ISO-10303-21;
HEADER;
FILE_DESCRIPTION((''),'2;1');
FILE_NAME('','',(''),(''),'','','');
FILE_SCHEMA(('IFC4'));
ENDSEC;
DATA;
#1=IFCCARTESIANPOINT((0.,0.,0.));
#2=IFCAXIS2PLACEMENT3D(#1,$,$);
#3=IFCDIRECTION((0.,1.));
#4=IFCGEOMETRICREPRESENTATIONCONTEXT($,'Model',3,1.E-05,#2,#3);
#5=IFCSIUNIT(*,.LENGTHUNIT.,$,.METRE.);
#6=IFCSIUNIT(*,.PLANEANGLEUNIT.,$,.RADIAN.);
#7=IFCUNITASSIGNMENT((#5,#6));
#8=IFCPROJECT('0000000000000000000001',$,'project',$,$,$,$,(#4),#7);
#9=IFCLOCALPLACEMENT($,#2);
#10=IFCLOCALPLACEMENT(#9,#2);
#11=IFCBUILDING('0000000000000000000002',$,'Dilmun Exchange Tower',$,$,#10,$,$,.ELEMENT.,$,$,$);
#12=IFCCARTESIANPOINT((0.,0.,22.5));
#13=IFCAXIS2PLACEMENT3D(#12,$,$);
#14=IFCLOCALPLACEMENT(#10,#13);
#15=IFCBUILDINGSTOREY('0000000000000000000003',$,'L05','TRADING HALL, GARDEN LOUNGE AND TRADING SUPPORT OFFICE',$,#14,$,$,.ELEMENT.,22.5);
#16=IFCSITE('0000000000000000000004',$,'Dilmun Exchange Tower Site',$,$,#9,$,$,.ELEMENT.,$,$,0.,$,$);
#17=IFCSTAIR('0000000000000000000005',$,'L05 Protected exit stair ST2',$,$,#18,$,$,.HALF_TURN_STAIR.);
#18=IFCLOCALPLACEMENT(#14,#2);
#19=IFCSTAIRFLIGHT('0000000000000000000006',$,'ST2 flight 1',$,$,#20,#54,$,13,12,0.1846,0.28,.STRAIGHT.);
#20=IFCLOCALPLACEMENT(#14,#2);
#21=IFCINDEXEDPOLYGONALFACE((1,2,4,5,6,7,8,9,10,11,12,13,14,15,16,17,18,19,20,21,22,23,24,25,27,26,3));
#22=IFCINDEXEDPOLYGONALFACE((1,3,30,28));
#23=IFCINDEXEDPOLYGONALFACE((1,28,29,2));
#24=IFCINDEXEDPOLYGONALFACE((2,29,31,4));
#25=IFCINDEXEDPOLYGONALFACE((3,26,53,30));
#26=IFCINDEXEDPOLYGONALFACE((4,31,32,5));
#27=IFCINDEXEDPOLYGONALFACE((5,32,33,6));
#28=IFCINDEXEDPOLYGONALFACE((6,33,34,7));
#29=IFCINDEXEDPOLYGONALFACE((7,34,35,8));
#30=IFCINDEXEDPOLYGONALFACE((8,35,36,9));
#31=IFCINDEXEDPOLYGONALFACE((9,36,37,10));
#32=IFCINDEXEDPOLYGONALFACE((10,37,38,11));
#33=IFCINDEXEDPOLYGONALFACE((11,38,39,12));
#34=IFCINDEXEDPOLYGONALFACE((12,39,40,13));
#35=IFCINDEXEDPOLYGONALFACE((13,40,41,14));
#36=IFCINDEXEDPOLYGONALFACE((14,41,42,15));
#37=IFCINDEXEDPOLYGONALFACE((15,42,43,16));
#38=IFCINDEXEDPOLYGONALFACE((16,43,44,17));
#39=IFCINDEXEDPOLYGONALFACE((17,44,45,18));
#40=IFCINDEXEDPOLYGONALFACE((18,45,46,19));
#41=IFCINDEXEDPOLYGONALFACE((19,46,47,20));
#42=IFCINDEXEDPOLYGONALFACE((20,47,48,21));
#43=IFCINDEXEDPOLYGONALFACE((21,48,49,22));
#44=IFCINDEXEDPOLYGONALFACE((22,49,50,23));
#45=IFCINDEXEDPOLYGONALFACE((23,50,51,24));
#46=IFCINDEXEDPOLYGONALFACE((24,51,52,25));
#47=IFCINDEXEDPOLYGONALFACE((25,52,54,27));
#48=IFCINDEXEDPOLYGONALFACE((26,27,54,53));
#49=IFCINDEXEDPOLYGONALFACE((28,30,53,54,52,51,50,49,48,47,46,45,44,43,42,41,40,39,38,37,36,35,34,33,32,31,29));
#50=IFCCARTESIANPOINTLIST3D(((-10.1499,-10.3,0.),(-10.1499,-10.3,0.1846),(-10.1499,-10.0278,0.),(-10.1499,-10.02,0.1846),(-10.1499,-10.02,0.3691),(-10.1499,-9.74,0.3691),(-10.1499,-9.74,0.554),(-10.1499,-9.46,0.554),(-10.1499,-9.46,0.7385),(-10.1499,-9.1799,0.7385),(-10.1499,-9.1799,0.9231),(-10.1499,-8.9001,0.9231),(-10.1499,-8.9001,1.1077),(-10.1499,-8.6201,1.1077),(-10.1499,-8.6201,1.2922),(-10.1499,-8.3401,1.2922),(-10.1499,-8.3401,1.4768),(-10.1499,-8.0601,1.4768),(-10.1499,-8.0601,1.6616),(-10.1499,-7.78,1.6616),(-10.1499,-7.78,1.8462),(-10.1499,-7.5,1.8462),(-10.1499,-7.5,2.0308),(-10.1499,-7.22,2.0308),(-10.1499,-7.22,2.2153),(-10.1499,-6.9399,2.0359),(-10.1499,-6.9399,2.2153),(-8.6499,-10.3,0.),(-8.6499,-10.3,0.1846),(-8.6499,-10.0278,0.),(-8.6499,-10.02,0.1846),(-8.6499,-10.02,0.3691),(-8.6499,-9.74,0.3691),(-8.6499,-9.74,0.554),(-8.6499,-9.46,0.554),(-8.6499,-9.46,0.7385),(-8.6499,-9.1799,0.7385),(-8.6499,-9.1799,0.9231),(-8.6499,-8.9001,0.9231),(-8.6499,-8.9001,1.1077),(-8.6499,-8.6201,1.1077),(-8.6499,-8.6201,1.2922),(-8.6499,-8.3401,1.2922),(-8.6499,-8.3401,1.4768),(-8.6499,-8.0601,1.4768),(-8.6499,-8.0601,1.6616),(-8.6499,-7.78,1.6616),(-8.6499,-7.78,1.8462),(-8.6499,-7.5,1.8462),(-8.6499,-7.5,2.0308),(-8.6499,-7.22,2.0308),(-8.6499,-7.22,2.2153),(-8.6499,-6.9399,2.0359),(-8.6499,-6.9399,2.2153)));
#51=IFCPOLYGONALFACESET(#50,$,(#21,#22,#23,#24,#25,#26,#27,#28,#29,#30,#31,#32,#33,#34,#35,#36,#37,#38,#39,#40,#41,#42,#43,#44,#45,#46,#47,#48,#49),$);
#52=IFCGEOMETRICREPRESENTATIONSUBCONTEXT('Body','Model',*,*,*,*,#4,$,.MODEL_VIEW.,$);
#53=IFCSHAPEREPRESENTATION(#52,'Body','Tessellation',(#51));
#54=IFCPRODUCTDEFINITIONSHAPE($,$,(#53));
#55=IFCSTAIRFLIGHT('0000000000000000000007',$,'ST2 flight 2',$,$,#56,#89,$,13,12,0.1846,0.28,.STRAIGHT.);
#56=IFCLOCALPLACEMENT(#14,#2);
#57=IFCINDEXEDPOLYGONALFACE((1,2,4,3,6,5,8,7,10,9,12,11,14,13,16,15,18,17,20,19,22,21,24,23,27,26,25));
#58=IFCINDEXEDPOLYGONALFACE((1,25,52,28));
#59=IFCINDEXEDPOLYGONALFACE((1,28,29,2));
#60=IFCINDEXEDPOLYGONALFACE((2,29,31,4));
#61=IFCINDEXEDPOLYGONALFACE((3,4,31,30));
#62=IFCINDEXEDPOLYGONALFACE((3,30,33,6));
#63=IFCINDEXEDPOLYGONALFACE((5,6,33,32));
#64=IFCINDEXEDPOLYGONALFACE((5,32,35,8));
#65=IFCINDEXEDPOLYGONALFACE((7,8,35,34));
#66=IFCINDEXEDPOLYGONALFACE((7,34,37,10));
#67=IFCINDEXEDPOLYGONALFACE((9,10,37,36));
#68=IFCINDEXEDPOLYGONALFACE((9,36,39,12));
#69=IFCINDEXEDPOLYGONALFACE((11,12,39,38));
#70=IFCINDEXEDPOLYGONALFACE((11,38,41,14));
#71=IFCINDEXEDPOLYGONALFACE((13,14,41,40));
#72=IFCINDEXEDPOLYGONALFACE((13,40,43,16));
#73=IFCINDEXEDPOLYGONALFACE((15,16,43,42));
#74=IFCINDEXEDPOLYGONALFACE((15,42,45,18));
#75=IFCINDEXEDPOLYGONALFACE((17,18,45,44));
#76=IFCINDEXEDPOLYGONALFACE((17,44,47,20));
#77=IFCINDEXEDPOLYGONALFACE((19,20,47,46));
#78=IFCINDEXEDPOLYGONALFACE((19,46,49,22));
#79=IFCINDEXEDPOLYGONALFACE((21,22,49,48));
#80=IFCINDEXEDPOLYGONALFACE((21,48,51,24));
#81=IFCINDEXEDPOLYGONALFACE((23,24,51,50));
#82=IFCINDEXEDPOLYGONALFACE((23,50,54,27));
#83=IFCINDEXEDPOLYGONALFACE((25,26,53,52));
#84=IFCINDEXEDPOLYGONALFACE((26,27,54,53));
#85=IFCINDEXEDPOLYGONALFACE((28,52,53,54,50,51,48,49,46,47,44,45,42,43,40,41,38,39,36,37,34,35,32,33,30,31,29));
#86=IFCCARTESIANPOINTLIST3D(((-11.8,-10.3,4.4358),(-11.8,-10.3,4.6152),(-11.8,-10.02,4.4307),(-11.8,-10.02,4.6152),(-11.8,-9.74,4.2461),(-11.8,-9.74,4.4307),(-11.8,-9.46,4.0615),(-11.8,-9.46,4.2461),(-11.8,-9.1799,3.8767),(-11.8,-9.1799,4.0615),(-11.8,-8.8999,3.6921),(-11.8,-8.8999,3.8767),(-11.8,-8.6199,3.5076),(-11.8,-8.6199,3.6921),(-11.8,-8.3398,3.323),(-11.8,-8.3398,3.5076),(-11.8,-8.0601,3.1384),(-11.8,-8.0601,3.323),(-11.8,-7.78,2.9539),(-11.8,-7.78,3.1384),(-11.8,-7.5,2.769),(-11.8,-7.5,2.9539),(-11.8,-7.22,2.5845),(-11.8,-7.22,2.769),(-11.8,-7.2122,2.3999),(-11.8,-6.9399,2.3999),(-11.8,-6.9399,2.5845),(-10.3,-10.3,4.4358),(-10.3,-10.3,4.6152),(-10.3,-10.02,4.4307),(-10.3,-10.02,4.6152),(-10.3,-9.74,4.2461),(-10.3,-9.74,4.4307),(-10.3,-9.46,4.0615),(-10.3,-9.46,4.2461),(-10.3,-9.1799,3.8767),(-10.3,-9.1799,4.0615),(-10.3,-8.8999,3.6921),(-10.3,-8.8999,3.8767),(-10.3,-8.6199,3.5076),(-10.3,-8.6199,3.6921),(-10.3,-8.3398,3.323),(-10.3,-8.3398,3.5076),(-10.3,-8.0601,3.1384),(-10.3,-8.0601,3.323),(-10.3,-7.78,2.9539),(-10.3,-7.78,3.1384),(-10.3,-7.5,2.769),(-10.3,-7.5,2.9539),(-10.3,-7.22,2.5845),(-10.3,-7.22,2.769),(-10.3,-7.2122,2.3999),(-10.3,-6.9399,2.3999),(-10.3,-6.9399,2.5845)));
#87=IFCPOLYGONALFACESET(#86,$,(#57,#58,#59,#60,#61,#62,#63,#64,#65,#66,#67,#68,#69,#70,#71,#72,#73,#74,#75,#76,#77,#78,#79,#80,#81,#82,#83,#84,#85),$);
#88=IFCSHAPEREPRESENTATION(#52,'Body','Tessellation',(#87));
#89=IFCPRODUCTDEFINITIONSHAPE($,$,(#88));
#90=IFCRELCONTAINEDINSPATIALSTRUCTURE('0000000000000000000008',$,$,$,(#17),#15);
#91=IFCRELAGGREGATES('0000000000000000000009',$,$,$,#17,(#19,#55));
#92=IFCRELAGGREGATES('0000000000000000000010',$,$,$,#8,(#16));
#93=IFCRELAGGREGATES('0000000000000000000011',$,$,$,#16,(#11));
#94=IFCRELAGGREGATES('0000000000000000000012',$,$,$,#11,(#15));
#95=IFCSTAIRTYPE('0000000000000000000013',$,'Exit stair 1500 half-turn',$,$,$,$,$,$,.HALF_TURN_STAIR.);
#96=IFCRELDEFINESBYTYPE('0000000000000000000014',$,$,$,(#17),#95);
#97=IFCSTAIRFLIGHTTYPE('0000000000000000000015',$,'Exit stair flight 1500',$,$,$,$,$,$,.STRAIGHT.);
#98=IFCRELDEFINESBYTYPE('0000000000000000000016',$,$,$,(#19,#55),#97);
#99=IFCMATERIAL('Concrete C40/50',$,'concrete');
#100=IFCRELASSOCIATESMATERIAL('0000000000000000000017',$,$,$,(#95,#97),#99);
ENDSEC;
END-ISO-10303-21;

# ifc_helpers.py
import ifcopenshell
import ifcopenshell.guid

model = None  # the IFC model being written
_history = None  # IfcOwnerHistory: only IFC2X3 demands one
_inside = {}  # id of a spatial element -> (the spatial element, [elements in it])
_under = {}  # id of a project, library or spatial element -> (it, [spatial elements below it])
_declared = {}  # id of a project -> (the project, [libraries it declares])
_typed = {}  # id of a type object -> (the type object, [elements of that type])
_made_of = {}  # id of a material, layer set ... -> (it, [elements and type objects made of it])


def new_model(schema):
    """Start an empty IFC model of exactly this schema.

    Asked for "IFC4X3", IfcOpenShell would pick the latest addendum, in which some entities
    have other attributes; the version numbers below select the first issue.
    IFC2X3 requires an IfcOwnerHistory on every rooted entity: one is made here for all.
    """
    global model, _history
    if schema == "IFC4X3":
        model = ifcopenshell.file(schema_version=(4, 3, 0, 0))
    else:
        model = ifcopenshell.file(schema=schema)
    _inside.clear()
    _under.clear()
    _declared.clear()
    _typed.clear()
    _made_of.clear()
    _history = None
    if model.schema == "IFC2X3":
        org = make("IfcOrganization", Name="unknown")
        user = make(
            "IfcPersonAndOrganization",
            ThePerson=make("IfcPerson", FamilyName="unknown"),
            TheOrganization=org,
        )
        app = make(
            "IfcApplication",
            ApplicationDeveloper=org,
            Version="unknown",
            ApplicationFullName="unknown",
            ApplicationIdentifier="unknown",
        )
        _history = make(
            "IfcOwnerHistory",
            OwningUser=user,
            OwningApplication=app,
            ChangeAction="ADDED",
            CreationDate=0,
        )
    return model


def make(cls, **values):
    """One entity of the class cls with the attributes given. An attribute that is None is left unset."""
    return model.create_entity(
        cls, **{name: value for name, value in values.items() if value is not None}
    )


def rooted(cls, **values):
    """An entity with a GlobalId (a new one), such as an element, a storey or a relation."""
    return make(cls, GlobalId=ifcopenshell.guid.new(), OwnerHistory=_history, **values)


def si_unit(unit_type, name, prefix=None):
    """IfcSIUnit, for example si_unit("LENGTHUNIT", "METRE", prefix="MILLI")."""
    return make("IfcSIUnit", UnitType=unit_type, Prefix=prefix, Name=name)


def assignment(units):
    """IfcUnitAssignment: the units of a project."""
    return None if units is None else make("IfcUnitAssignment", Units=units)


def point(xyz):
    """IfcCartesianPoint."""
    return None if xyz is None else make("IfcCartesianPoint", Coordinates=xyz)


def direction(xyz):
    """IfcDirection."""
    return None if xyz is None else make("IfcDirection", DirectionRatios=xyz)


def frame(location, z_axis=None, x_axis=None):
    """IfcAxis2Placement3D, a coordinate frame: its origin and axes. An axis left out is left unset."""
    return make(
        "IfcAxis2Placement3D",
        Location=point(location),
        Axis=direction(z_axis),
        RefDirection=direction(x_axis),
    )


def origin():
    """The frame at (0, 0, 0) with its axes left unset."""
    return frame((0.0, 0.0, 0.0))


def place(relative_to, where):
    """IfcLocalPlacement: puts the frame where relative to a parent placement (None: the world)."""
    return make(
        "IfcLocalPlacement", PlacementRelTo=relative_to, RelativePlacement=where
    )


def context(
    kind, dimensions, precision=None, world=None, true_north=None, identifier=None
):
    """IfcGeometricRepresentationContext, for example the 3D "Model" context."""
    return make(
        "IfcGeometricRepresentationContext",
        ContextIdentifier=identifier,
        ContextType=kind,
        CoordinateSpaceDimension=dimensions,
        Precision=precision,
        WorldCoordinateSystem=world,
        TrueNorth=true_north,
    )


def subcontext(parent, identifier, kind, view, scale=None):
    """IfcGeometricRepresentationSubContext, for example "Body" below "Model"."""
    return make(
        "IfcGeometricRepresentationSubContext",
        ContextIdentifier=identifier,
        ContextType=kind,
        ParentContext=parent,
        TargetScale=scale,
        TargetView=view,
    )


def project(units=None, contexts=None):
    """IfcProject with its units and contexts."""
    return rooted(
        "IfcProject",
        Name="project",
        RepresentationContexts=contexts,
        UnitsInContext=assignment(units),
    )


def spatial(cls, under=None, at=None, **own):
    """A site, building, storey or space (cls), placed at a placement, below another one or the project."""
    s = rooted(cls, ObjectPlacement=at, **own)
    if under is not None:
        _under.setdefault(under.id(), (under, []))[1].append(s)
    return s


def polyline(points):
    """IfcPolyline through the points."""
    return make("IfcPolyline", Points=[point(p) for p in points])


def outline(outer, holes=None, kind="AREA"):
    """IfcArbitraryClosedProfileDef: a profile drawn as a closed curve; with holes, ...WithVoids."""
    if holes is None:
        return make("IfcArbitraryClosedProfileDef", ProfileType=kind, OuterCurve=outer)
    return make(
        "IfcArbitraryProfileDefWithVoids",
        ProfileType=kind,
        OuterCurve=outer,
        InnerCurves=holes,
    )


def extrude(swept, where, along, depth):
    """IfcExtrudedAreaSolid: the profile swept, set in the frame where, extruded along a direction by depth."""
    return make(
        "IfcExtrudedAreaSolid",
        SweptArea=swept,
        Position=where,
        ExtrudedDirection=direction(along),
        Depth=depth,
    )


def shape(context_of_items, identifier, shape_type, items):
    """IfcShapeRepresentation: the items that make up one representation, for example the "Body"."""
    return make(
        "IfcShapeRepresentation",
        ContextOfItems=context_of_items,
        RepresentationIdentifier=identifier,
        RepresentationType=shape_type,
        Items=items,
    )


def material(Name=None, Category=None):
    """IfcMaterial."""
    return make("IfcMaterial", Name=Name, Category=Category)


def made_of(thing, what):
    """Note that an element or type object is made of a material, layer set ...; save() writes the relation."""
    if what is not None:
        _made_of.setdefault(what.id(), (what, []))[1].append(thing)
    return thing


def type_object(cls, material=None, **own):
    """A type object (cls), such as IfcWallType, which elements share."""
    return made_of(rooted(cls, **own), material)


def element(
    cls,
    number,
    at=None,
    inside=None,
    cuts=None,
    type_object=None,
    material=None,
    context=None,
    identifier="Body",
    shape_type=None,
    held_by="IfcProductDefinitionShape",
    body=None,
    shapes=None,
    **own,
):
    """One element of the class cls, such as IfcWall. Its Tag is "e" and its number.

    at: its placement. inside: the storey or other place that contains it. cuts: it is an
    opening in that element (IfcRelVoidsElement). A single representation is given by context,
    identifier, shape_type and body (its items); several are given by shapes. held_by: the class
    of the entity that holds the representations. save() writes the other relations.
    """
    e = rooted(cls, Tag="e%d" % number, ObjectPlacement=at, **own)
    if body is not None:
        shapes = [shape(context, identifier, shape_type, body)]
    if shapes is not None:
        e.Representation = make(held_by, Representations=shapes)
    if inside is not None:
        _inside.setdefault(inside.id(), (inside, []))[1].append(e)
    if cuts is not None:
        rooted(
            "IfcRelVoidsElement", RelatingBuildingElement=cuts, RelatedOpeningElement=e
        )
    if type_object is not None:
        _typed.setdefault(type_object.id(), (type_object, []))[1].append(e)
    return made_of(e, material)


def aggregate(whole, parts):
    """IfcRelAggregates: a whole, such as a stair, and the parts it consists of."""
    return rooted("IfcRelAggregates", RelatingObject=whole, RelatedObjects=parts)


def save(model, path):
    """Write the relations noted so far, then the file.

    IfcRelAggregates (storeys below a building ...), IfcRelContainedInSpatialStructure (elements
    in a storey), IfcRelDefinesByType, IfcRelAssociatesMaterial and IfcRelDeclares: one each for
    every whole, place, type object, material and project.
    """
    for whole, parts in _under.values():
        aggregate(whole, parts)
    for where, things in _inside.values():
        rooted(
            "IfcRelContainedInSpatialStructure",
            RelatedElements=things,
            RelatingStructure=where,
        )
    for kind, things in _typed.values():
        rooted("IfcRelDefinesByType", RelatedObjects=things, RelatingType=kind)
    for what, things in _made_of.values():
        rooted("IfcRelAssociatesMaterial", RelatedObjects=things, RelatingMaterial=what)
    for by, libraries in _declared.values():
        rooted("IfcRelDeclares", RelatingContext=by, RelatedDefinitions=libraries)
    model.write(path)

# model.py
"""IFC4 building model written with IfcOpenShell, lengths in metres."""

from ifc_helpers import new_model, si_unit, direction, frame, origin, place, context, subcontext, project, spatial, polyline, outline, extrude, material, type_object, element, aggregate, save


model = new_model("IFC4")

# Units and contexts
model_context = context("Model", 3, precision=1e-05, world=origin(), true_north=direction((0.0, 1.0)))
body_context = subcontext(model_context, "Body", "Model", "MODEL_VIEW")
ifc_project = project(units=[si_unit("LENGTHUNIT", "METRE"), si_unit("PLANEANGLEUNIT", "RADIAN")], contexts=[model_context])

# Site, building, storey
site_placement = place(None, origin())
site = spatial("IfcSite", under=ifc_project, at=site_placement, Name="Dilmun Exchange Tower Site", CompositionType="ELEMENT", RefElevation=0.0)
building_placement = place(site_placement, origin())
building = spatial("IfcBuilding", under=site, at=building_placement, Name="Dilmun Exchange Tower", CompositionType="ELEMENT")
storey_placement = place(building_placement, frame((0.0, 0.0, 22.5)))
storey = spatial("IfcBuildingStorey", under=building, at=storey_placement, Name="L05", Description="TRADING HALL, GARDEN LOUNGE AND TRADING SUPPORT OFFICE", CompositionType="ELEMENT", Elevation=22.5)

# Shared definitions
ifc_material_1 = material(Name="Concrete C40/50", Category="concrete")

# Stair, stair flights
stair_type = type_object("IfcStairType", Name="Exit stair 1500 half-turn", PredefinedType="HALF_TURN_STAIR", material=ifc_material_1)
stair_placement = place(storey_placement, origin())
stair = element("IfcStair", 1, at=stair_placement, inside=storey, type_object=stair_type, Name="L05 Protected exit stair ST2", PredefinedType="HALF_TURN_STAIR")
stair_flight_type = type_object("IfcStairFlightType", Name="Exit stair flight 1500", PredefinedType="STRAIGHT", material=ifc_material_1)
stair_flight_1_placement = place(storey_placement, frame((-9.3999, -10.3, 0.0), z_axis=(0.0, 0.0, 1.0), x_axis=(0.0, 1.0, 0.0)))
stair_flight_1 = element("IfcStairFlight", 2, at=stair_flight_1_placement, type_object=stair_flight_type, Name="ST2 flight 1", NumberOfRisers=13, NumberOfTreads=12, PredefinedType="STRAIGHT", RiserHeight=0.1846, TreadLength=0.28, context=body_context, shape_type="SweptSolid", body=[
    extrude(outline(polyline([(0.0, 0.0), (0.0, 0.1846), (0.28, 0.1846), (0.28, 0.3691), (0.5601, 0.3691), (0.5601, 0.554), (0.8401, 0.554), (0.8401, 0.7385), (1.1201, 0.7385), (1.1201, 0.9231), (1.3999, 0.9231), (1.3999, 1.1077), (1.6799, 1.1077), (1.6799, 1.2922), (1.96, 1.2922), (1.96, 1.4768), (2.24, 1.4768), (2.24, 1.6616), (2.52, 1.6616), (2.52, 1.8462), (2.8, 1.8462), (2.8, 2.0308), (3.0801, 2.0308), (3.0801, 2.2153), (3.3601, 2.2153), (3.3601, 2.3999), (3.3601, 2.0359), (0.2722, 0.0), (0.0, 0.0)])), frame((0.0, 0.75, 0.0), z_axis=(0.0, -1.0, 0.0), x_axis=(1.0, 0.0, 0.0)), (0.0, 0.0, 1.0), 1.5),
])
stair_flight_2_placement = place(storey_placement, frame((-11.05, -6.9399, 2.3999), z_axis=(0.0, 0.0, 1.0), x_axis=(0.0, -1.0, 0.0)))
stair_flight_2 = element("IfcStairFlight", 3, at=stair_flight_2_placement, type_object=stair_flight_type, Name="ST2 flight 2", NumberOfRisers=13, NumberOfTreads=12, PredefinedType="STRAIGHT", RiserHeight=0.1846, TreadLength=0.28, context=body_context, shape_type="SweptSolid", body=[
    extrude(outline(polyline([(0.0, 0.0), (0.0, 0.1846), (0.28, 0.1846), (0.28, 0.3691), (0.5601, 0.3691), (0.5601, 0.554), (0.8401, 0.554), (0.8401, 0.7385), (1.1201, 0.7385), (1.1201, 0.9231), (1.3999, 0.9231), (1.3999, 1.1077), (1.6799, 1.1077), (1.6799, 1.2922), (1.96, 1.2922), (1.96, 1.4768), (2.24, 1.4768), (2.24, 1.6616), (2.52, 1.6616), (2.52, 1.8462), (2.8, 1.8462), (2.8, 2.0308), (3.0801, 2.0308), (3.0801, 2.2153), (3.3601, 2.2153), (3.3601, 2.3999), (3.3601, 2.0359), (0.2722, 0.0), (0.0, 0.0)])), frame((0.0, 0.75, 0.0), z_axis=(0.0, -1.0, 0.0), x_axis=(1.0, 0.0, 0.0)), (0.0, 0.0, 1.0), 1.5),
])
aggregate(stair, [stair_flight_1, stair_flight_2])

save(model, "model.ifc")
